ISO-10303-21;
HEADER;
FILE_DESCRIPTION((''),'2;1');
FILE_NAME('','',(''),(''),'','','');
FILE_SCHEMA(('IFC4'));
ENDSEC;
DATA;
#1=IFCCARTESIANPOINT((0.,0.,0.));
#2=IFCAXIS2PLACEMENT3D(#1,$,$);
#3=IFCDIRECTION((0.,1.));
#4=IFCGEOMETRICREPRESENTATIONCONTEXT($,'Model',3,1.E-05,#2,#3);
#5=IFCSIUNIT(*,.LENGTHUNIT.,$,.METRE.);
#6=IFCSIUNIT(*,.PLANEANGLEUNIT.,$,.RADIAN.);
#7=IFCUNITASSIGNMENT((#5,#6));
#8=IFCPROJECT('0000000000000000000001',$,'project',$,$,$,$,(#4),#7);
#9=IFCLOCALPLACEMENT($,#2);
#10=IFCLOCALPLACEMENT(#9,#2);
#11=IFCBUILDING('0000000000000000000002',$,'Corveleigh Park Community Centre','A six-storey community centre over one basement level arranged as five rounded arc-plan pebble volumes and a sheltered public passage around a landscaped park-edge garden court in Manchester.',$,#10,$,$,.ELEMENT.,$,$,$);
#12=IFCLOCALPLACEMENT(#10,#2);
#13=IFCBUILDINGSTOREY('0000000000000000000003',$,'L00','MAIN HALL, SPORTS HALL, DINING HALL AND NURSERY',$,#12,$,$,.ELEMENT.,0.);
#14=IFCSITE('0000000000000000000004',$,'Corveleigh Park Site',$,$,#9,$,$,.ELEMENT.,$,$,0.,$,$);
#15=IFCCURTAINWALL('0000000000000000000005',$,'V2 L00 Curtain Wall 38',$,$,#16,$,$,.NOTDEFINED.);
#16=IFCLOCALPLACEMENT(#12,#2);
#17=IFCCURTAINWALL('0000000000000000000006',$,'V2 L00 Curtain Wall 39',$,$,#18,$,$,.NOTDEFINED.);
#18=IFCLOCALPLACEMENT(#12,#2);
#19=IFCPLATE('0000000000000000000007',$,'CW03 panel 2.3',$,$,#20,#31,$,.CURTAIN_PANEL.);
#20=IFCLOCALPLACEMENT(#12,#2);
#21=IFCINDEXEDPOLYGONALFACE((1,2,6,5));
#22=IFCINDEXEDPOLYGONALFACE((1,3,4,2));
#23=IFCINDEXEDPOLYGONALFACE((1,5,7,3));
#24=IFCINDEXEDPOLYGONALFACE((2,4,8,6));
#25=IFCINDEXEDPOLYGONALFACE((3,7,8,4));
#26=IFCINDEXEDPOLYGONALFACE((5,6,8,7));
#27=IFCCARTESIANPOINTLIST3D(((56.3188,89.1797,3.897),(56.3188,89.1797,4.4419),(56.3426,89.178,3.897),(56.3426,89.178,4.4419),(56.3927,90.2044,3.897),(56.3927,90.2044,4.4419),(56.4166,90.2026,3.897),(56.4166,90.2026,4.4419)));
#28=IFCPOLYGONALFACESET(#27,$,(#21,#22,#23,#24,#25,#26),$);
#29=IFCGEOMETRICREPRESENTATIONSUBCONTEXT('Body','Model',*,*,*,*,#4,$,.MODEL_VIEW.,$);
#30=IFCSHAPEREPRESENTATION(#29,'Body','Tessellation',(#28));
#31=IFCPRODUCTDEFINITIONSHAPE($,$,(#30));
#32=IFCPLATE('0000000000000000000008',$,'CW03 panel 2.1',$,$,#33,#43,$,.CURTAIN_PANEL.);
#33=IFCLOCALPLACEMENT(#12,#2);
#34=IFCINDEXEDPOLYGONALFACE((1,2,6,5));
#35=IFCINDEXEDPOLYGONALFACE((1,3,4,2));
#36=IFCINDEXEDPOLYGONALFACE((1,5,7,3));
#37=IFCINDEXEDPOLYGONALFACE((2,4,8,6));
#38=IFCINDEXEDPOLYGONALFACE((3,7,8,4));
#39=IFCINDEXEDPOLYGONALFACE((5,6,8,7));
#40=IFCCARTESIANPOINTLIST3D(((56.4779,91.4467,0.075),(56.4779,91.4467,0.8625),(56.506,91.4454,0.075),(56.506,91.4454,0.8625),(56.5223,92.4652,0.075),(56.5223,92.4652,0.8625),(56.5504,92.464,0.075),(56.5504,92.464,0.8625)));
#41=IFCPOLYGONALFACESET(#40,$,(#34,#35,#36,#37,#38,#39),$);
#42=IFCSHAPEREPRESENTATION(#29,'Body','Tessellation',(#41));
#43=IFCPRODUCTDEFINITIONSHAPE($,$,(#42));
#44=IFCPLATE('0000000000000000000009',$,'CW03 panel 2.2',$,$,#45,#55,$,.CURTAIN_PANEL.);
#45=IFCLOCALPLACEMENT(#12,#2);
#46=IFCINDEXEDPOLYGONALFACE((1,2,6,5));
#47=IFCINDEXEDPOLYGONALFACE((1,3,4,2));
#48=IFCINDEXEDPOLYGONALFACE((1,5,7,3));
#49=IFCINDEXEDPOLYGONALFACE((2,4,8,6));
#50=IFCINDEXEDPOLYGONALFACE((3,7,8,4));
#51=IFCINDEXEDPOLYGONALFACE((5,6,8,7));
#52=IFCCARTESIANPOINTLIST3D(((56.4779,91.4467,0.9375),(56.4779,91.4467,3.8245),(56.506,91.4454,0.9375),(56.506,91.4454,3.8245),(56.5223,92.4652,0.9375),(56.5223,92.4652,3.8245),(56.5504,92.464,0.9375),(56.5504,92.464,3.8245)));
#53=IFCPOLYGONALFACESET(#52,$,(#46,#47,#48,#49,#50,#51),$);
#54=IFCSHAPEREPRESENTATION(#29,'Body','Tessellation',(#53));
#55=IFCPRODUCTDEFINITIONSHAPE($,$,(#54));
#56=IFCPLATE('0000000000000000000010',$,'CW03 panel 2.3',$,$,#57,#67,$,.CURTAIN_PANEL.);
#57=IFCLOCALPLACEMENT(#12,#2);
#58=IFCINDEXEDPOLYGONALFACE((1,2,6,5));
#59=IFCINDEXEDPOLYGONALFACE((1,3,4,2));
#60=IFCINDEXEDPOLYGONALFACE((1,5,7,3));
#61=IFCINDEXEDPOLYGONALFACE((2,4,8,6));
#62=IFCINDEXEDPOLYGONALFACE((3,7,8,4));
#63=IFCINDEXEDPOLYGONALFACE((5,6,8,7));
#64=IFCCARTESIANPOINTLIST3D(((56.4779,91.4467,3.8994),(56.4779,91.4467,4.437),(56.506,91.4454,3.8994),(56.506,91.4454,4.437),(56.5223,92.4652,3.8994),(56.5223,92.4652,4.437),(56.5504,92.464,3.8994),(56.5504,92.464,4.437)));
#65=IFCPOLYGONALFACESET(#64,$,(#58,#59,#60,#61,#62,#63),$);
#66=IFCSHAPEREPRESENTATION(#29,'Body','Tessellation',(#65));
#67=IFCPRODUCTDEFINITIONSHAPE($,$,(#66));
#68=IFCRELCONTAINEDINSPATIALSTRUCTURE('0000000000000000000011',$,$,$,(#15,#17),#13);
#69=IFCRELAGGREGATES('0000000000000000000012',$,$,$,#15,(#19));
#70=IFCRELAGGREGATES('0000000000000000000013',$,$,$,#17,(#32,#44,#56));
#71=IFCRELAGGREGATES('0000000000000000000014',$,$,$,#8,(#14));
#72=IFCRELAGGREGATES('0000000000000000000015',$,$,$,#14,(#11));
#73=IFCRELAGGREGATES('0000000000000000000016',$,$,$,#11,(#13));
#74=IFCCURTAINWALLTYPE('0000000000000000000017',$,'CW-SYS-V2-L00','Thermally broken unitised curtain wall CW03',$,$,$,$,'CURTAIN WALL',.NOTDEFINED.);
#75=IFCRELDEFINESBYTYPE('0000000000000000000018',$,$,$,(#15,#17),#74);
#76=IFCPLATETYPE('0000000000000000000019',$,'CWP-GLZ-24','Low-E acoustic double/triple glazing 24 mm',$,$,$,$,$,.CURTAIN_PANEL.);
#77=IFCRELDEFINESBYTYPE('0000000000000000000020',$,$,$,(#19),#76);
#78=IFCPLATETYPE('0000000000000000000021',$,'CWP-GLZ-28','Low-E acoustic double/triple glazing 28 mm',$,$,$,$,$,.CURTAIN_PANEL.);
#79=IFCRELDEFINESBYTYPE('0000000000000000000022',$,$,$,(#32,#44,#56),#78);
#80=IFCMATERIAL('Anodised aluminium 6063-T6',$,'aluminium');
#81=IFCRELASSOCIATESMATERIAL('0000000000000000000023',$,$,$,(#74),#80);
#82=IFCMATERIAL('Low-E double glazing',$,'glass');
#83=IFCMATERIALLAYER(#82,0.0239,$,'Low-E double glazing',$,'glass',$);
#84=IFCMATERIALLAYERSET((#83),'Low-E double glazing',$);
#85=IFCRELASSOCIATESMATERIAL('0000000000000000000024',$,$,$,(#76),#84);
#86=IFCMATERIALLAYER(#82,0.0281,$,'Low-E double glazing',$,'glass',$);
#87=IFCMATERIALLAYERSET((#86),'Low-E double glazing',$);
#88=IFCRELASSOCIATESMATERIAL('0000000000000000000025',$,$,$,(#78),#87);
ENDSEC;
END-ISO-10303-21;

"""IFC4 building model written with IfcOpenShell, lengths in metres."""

from ifc_helpers import new_model, si_unit, direction, frame, origin, origin_2d, place, context, subcontext, project, spatial, rectangle, extrude, material, layer, layer_set, type_object, element, aggregate, save


model = new_model("IFC4")

# Units and contexts
model_context = context("Model", 3, precision=1e-05, world=origin(), true_north=direction((0.0, 1.0)))
body_context = subcontext(model_context, "Body", "Model", "MODEL_VIEW")
ifc_project = project(units=[si_unit("LENGTHUNIT", "METRE"), si_unit("PLANEANGLEUNIT", "RADIAN")], contexts=[model_context])

# Site, building, storey
site_placement = place(None, origin())
site = spatial("IfcSite", under=ifc_project, at=site_placement, Name="Corveleigh Park Site", CompositionType="ELEMENT", RefElevation=0.0)
building_placement = place(site_placement, origin())
building = spatial("IfcBuilding", under=site, at=building_placement, Name="Corveleigh Park Community Centre", Description="A six-storey community centre over one basement level arranged as five rounded arc-plan pebble volumes and a sheltered public passage around a landscaped park-edge garden court in Manchester.", CompositionType="ELEMENT")
storey_placement = place(building_placement, origin())
storey = spatial("IfcBuildingStorey", under=building, at=storey_placement, Name="L00", Description="MAIN HALL, SPORTS HALL, DINING HALL AND NURSERY", CompositionType="ELEMENT", Elevation=0.0)

# Shared definitions
ifc_material_1 = material(Name="Anodised aluminium 6063-T6", Category="aluminium")
curtain_wall_type = type_object("IfcCurtainWallType", Name="CW-SYS-V2-L00", Description="Thermally broken unitised curtain wall CW03", ElementType="CURTAIN WALL", PredefinedType="NOTDEFINED", material=ifc_material_1)

# Curtain walls
curtain_wall_1_placement = place(storey_placement, origin())
curtain_wall_1 = element("IfcCurtainWall", 1, at=curtain_wall_1_placement, inside=storey, type_object=curtain_wall_type, Name="V2 L00 Curtain Wall 38", PredefinedType="NOTDEFINED")
curtain_wall_2_placement = place(storey_placement, origin())
curtain_wall_2 = element("IfcCurtainWall", 2, at=curtain_wall_2_placement, inside=storey, type_object=curtain_wall_type, Name="V2 L00 Curtain Wall 39", PredefinedType="NOTDEFINED")

# Plates
ifc_material_2 = material(Name="Low-E double glazing", Category="glass")
ifc_layer_1 = layer(ifc_material_2, 0.0239, Name="Low-E double glazing", Category="glass")
ifc_layer_set_1 = layer_set([ifc_layer_1], Name="Low-E double glazing")
plate_type_1 = type_object("IfcPlateType", Name="CWP-GLZ-24", Description="Low-E acoustic double/triple glazing 24 mm", PredefinedType="CURTAIN_PANEL", material=ifc_layer_set_1)
plate_1_placement = place(storey_placement, frame((56.3677, 89.6912, 3.897), z_axis=(0.0, 0.0, 1.0), x_axis=(-0.072005, -0.997404, 0.0)))
plate_1 = element("IfcPlate", 3, at=plate_1_placement, type_object=plate_type_1, Name="CW03 panel 2.3", PredefinedType="CURTAIN_PANEL", context=body_context, shape_type="SweptSolid", body=[
    extrude(rectangle(XDim=1.0273, YDim=0.0239, at=origin_2d()), origin(), (0.0, 0.0, 1.0), 0.5449),
])
aggregate(curtain_wall_1, [plate_1])
ifc_layer_2 = layer(ifc_material_2, 0.0281, Name="Low-E double glazing", Category="glass")
ifc_layer_set_2 = layer_set([ifc_layer_2], Name="Low-E double glazing")
plate_type_2 = type_object("IfcPlateType", Name="CWP-GLZ-28", Description="Low-E acoustic double/triple glazing 28 mm", PredefinedType="CURTAIN_PANEL", material=ifc_layer_set_2)
plate_2_placement = place(storey_placement, frame((56.5142, 91.9553, 0.075), z_axis=(0.0, 0.0, 1.0), x_axis=(-0.043572, -0.99905, 0.0)))
plate_2 = element("IfcPlate", 4, at=plate_2_placement, type_object=plate_type_2, Name="CW03 panel 2.1", PredefinedType="CURTAIN_PANEL", context=body_context, shape_type="SweptSolid", body=[
    extrude(rectangle(XDim=1.0195, YDim=0.0281, at=origin_2d()), origin(), (0.0, 0.0, 1.0), 0.7876),
])
plate_3_placement = place(storey_placement, frame((56.5142, 91.9553, 0.9375), z_axis=(0.0, 0.0, 1.0), x_axis=(-0.043572, -0.99905, 0.0)))
plate_3 = element("IfcPlate", 5, at=plate_3_placement, type_object=plate_type_2, Name="CW03 panel 2.2", PredefinedType="CURTAIN_PANEL", context=body_context, shape_type="SweptSolid", body=[
    extrude(rectangle(XDim=1.0195, YDim=0.0281, at=origin_2d()), origin(), (0.0, 0.0, 1.0), 2.887),
])
plate_4_placement = place(storey_placement, frame((56.5142, 91.9553, 3.8994), z_axis=(0.0, 0.0, 1.0), x_axis=(-0.043572, -0.99905, 0.0)))
plate_4 = element("IfcPlate", 6, at=plate_4_placement, type_object=plate_type_2, Name="CW03 panel 2.3", PredefinedType="CURTAIN_PANEL", context=body_context, shape_type="SweptSolid", body=[
    extrude(rectangle(XDim=1.0195, YDim=0.0281, at=origin_2d()), origin(), (0.0, 0.0, 1.0), 0.5376),
])
aggregate(curtain_wall_2, [plate_2, plate_3, plate_4])

save(model, "model.ifc")
